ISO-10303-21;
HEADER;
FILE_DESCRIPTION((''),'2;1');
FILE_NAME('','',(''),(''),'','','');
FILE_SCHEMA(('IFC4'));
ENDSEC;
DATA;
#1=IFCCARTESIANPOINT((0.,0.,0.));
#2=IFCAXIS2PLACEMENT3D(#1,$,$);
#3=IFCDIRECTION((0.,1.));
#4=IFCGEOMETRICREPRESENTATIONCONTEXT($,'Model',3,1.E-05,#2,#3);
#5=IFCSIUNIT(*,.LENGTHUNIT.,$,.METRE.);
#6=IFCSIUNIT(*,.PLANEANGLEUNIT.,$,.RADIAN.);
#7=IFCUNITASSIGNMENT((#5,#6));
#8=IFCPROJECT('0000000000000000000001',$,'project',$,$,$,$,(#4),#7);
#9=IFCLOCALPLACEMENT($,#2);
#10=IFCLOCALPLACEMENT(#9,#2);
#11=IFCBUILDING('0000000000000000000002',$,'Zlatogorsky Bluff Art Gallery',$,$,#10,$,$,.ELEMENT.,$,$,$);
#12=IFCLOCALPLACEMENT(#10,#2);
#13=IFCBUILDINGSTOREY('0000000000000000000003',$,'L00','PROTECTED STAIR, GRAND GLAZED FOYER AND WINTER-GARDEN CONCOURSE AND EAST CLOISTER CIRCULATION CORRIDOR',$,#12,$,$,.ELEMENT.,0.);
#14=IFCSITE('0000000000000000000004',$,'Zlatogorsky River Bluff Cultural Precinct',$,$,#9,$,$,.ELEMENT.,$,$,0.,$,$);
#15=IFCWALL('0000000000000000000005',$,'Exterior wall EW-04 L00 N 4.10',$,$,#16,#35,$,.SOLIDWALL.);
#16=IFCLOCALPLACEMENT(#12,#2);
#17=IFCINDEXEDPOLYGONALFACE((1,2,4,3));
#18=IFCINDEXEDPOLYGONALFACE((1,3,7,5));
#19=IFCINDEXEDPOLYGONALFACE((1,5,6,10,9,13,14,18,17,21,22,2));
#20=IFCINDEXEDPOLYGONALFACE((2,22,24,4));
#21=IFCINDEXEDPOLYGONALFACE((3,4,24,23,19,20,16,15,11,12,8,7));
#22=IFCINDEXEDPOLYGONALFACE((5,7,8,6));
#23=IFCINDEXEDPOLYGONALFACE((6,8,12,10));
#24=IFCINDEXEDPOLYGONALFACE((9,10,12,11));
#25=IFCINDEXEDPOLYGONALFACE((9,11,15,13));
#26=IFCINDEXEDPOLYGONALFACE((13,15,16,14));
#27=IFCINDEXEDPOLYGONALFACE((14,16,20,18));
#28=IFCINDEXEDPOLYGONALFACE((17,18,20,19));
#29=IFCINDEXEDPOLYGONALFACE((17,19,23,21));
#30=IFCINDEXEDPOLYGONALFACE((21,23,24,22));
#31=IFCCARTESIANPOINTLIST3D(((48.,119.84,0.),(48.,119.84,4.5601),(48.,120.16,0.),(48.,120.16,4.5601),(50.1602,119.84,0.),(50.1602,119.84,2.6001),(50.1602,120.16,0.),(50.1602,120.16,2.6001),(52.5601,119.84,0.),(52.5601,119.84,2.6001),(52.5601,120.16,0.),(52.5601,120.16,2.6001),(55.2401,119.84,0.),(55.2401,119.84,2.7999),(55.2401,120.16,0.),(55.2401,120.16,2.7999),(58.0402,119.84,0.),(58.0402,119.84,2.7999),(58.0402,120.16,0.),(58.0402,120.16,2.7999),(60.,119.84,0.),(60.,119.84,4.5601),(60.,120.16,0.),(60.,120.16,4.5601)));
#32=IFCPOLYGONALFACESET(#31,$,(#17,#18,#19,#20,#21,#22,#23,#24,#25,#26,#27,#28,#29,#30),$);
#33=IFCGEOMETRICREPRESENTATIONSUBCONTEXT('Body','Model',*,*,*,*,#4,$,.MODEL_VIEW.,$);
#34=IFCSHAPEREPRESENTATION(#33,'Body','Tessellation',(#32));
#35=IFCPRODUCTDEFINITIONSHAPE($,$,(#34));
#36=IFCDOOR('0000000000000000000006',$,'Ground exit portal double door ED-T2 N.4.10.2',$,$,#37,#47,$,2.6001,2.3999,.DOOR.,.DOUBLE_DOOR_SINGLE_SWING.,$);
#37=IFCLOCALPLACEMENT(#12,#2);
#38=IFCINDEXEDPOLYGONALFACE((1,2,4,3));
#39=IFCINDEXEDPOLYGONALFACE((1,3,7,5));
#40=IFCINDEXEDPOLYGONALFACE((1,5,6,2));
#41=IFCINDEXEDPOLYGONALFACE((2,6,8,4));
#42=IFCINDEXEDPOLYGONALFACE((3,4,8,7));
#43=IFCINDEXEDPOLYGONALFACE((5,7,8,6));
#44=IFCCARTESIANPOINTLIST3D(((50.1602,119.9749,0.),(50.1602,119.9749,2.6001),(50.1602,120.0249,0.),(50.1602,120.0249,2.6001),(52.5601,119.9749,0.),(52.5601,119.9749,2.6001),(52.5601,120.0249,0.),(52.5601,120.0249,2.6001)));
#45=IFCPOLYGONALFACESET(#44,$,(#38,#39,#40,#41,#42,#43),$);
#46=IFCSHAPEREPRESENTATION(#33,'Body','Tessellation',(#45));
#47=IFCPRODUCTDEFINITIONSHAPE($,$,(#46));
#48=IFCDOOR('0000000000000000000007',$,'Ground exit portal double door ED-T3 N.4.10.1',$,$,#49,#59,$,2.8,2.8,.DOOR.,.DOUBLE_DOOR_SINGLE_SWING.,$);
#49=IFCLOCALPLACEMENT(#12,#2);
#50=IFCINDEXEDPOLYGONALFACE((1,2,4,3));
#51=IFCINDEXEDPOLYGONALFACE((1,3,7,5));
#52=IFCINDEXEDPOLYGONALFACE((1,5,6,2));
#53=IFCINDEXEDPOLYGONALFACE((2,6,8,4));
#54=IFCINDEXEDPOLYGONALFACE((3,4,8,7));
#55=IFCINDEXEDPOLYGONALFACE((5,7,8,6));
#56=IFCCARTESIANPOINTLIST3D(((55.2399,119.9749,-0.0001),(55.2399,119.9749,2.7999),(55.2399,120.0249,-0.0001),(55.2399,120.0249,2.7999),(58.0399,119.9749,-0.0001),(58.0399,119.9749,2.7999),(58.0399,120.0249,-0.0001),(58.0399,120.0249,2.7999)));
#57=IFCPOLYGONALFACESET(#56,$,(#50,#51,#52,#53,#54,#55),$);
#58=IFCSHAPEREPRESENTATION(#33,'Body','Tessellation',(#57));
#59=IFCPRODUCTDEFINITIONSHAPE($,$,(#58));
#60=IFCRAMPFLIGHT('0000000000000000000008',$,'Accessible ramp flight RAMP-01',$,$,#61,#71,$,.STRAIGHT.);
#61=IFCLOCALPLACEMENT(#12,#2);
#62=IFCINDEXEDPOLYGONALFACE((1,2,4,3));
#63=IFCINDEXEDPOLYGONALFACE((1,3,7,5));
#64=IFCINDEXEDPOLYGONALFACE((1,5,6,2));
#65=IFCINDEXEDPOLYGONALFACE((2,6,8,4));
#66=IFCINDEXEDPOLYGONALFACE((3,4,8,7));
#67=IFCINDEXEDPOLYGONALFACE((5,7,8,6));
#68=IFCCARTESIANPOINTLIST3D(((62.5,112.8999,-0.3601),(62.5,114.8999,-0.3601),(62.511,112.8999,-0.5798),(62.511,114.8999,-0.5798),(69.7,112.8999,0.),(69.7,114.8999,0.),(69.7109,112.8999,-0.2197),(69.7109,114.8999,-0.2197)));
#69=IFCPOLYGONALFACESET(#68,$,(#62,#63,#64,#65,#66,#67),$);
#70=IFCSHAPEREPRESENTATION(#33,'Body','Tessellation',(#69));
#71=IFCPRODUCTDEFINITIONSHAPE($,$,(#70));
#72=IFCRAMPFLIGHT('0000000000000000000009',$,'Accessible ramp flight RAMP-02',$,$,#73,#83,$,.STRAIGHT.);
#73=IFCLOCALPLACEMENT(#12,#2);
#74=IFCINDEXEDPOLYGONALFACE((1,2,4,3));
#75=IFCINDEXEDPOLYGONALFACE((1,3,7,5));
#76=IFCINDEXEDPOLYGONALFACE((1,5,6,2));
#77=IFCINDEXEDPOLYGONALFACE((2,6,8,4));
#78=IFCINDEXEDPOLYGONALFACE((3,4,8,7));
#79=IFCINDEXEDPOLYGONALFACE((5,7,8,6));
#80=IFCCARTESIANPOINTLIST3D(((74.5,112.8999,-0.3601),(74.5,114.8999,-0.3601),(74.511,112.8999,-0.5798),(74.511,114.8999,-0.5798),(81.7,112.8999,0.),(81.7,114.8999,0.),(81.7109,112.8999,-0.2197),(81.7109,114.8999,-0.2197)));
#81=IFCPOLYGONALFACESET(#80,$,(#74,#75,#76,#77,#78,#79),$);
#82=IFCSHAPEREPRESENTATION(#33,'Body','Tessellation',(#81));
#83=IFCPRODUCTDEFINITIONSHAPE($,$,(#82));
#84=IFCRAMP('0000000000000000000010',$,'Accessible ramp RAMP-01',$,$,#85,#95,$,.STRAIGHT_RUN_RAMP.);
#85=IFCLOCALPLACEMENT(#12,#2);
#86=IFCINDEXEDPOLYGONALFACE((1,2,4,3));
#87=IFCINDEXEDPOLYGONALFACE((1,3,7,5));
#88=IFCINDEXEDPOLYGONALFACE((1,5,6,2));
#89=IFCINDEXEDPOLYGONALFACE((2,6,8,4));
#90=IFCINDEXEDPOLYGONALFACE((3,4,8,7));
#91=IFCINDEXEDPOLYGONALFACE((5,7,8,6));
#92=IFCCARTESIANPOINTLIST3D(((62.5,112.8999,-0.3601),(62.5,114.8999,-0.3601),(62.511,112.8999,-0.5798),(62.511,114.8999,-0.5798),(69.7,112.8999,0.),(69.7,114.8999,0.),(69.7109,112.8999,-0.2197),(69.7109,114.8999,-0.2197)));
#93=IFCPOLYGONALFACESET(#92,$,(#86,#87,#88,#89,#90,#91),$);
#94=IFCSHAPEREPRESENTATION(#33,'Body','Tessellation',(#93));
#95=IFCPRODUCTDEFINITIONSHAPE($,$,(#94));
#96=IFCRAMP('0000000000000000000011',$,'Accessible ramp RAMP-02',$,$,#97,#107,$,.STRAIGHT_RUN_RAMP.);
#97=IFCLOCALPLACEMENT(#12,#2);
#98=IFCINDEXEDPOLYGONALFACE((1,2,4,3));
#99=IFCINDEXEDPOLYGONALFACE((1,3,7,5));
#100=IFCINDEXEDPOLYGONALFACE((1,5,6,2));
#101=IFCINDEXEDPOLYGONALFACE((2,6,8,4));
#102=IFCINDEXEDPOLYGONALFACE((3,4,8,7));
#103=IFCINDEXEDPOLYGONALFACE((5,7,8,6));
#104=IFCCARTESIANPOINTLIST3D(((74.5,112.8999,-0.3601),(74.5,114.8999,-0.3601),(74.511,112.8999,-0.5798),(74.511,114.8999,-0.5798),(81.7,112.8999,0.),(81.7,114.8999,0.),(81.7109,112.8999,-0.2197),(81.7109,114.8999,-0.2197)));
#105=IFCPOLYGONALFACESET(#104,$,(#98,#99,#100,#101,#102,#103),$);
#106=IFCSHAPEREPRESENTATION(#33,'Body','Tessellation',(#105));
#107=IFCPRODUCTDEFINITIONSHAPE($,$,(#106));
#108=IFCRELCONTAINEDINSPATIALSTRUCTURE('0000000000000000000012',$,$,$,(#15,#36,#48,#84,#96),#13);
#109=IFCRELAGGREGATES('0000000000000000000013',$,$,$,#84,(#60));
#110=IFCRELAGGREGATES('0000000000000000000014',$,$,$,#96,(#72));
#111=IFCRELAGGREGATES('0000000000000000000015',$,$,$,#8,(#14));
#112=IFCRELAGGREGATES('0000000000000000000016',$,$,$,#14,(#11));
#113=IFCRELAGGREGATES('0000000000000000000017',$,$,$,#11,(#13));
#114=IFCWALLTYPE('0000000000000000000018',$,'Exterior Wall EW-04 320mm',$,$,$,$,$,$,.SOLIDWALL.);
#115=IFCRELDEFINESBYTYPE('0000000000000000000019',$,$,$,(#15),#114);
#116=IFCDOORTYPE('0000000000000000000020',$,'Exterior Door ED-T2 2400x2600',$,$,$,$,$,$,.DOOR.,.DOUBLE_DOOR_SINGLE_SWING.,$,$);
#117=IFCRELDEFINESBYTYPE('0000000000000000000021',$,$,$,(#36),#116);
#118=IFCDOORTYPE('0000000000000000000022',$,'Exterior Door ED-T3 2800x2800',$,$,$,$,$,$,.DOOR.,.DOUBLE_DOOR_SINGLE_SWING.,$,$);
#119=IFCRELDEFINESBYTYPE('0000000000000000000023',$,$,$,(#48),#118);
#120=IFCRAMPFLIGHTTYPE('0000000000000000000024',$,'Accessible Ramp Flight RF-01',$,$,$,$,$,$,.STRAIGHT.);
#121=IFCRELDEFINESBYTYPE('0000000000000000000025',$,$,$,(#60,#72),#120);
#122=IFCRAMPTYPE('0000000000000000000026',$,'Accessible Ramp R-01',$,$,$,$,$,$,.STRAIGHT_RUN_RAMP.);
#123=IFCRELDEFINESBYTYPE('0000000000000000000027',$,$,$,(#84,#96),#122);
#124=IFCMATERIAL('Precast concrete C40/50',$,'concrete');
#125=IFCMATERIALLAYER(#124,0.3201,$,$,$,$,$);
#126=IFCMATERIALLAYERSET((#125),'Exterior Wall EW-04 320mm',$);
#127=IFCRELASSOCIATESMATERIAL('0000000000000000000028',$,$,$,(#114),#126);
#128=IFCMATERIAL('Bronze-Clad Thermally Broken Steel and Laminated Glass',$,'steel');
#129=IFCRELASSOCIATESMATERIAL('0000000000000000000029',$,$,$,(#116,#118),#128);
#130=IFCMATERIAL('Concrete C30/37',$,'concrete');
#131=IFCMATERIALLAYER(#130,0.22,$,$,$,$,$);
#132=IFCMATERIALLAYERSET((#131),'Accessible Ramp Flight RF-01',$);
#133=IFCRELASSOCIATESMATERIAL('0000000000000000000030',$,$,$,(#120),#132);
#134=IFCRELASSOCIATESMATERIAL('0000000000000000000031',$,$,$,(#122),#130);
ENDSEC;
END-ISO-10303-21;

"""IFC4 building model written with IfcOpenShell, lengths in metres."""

from ifc_helpers import new_model, si_unit, direction, frame, frame_2d, origin, place, context, subcontext, project, spatial, polyline, rectangle, outline, extrude, material, layer, layer_set, type_object, element, fill, aggregate, save


model = new_model("IFC4")

# Units and contexts
model_context = context("Model", 3, precision=1e-05, world=origin(), true_north=direction((0.0, 1.0)))
body_context = subcontext(model_context, "Body", "Model", "MODEL_VIEW")
ifc_project = project(units=[si_unit("LENGTHUNIT", "METRE"), si_unit("PLANEANGLEUNIT", "RADIAN")], contexts=[model_context])

# Site, building, storey
site_placement = place(None, origin())
site = spatial("IfcSite", under=ifc_project, at=site_placement, Name="Zlatogorsky River Bluff Cultural Precinct", CompositionType="ELEMENT", RefElevation=0.0)
building_placement = place(site_placement, origin())
building = spatial("IfcBuilding", under=site, at=building_placement, Name="Zlatogorsky Bluff Art Gallery", CompositionType="ELEMENT")
storey_placement = place(building_placement, origin())
storey = spatial("IfcBuildingStorey", under=building, at=storey_placement, Name="L00", Description="PROTECTED STAIR, GRAND GLAZED FOYER AND WINTER-GARDEN CONCOURSE AND EAST CLOISTER CIRCULATION CORRIDOR", CompositionType="ELEMENT", Elevation=0.0)

# Wall, openings, doors
ifc_material_1 = material(Name="Precast concrete C40/50", Category="concrete")
ifc_layer_1 = layer(ifc_material_1, 0.3201)
ifc_layer_set_1 = layer_set([ifc_layer_1], Name="Exterior Wall EW-04 320mm")
wall_type = type_object("IfcWallType", Name="Exterior Wall EW-04 320mm", PredefinedType="SOLIDWALL", material=ifc_layer_set_1)
wall_placement = place(storey_placement, frame((60.0, 120.0, 0.0), z_axis=(0.0, 0.0, 1.0), x_axis=(-1.0, 0.0, 0.0)))
wall = element("IfcWall", 1, at=wall_placement, inside=storey, type_object=wall_type, Name="Exterior wall EW-04 L00 N 4.10", PredefinedType="SOLIDWALL", context=body_context, shape_type="SweptSolid", body=[
    extrude(rectangle(XDim=12.0, YDim=0.3201, at=frame_2d((6.0, 0.0))), origin(), (0.0, 0.0, 1.0), 4.5601),
])
opening_1_placement = place(wall_placement, frame((1.96, 0.0, 0.0)))
opening_1 = element("IfcOpeningElement", 2, at=opening_1_placement, cuts=wall, PredefinedType="OPENING", context=body_context, shape_type="SweptSolid", body=[
    extrude(rectangle(XDim=2.8, YDim=2.8, at=frame_2d((1.3999, 1.3999))), frame((0.0, 0.1699, 0.0), z_axis=(0.0, -1.0, 0.0), x_axis=(1.0, 0.0, 0.0)), (0.0, 0.0, 1.0), 0.3401),
])
opening_2_placement = place(wall_placement, frame((7.4399, 0.0, 0.0)))
opening_2 = element("IfcOpeningElement", 3, at=opening_2_placement, cuts=wall, PredefinedType="OPENING", context=body_context, shape_type="SweptSolid", body=[
    extrude(rectangle(XDim=2.3999, YDim=2.6001, at=frame_2d((1.2, 1.3))), frame((0.0, 0.1699, 0.0), z_axis=(0.0, -1.0, 0.0), x_axis=(1.0, 0.0, 0.0)), (0.0, 0.0, 1.0), 0.3401),
])
ifc_material_2 = material(Name="Bronze-Clad Thermally Broken Steel and Laminated Glass", Category="steel")
door_type_1 = type_object("IfcDoorType", Name="Exterior Door ED-T2 2400x2600", OperationType="DOUBLE_DOOR_SINGLE_SWING", PredefinedType="DOOR", material=ifc_material_2)
door_1_placement = place(opening_2_placement, frame((2.3999, 0.0, 0.0), z_axis=(0.0, 0.0, 1.0), x_axis=(-1.0, 0.0, 0.0)))
door_1 = element("IfcDoor", 4, at=door_1_placement, inside=storey, type_object=door_type_1, Name="Ground exit portal double door ED-T2 N.4.10.2", OperationType="DOUBLE_DOOR_SINGLE_SWING", OverallHeight=2.6001, OverallWidth=2.3999, PredefinedType="DOOR", context=body_context, shape_type="SweptSolid", body=[
    extrude(rectangle(XDim=2.3999, YDim=2.6001, at=frame_2d((1.2, 1.3))), frame((0.0, 0.0249, 0.0), z_axis=(0.0, -1.0, 0.0), x_axis=(1.0, 0.0, 0.0)), (0.0, 0.0, 1.0), 0.05),
])
fill(opening_2, door_1)
door_type_2 = type_object("IfcDoorType", Name="Exterior Door ED-T3 2800x2800", OperationType="DOUBLE_DOOR_SINGLE_SWING", PredefinedType="DOOR", material=ifc_material_2)
door_2_placement = place(opening_1_placement, frame((2.8, 0.0, 0.0), z_axis=(0.0, 0.0, 1.0), x_axis=(-1.0, 0.0, 0.0)))
door_2 = element("IfcDoor", 5, at=door_2_placement, inside=storey, type_object=door_type_2, Name="Ground exit portal double door ED-T3 N.4.10.1", OperationType="DOUBLE_DOOR_SINGLE_SWING", OverallHeight=2.8, OverallWidth=2.8, PredefinedType="DOOR", context=body_context, shape_type="SweptSolid", body=[
    extrude(rectangle(XDim=2.8, YDim=2.8, at=frame_2d((1.3999, 1.3999))), frame((0.0, 0.0249, 0.0), z_axis=(0.0, -1.0, 0.0), x_axis=(1.0, 0.0, 0.0)), (0.0, 0.0, 1.0), 0.05),
])
fill(opening_1, door_2)

# Ramp flights
ifc_material_3 = material(Name="Concrete C30/37", Category="concrete")
ifc_layer_2 = layer(ifc_material_3, 0.22)
ifc_layer_set_2 = layer_set([ifc_layer_2], Name="Accessible Ramp Flight RF-01")
ramp_flight_type = type_object("IfcRampFlightType", Name="Accessible Ramp Flight RF-01", PredefinedType="STRAIGHT", material=ifc_layer_set_2)
ramp_flight_1_placement = place(storey_placement, frame((62.5, 112.8999, -0.3601), z_axis=(-0.049953, 0.0, 0.998752), x_axis=(0.998752, 0.0, 0.049953)))
ramp_flight_1 = element("IfcRampFlight", 6, at=ramp_flight_1_placement, type_object=ramp_flight_type, Name="Accessible ramp flight RAMP-01", PredefinedType="STRAIGHT", context=body_context, shape_type="SweptSolid", body=[
    extrude(outline(polyline([(0.0, 0.0), (7.209, 0.0), (7.209, 2.0), (0.0, 2.0), (0.0, 0.0)])), origin(), (0.0, 0.0, -1.0), 0.22),
])
ramp_flight_2_placement = place(storey_placement, frame((74.5, 112.8999, -0.3601), z_axis=(-0.049953, 0.0, 0.998752), x_axis=(0.998752, 0.0, 0.049953)))
ramp_flight_2 = element("IfcRampFlight", 7, at=ramp_flight_2_placement, type_object=ramp_flight_type, Name="Accessible ramp flight RAMP-02", PredefinedType="STRAIGHT", context=body_context, shape_type="SweptSolid", body=[
    extrude(outline(polyline([(0.0, 0.0), (7.209, 0.0), (7.209, 2.0), (0.0, 2.0), (0.0, 0.0)])), origin(), (0.0, 0.0, -1.0), 0.22),
])

# Ramps
ramp_type = type_object("IfcRampType", Name="Accessible Ramp R-01", PredefinedType="STRAIGHT_RUN_RAMP", material=ifc_material_3)
ramp_1_placement = place(storey_placement, frame((62.5, 112.8999, -0.3601), z_axis=(-0.049953, 0.0, 0.998752), x_axis=(0.998752, 0.0, 0.049953)))
ramp_1 = element("IfcRamp", 8, at=ramp_1_placement, inside=storey, type_object=ramp_type, Name="Accessible ramp RAMP-01", PredefinedType="STRAIGHT_RUN_RAMP", context=body_context, shape_type="SweptSolid", body=[
    extrude(outline(polyline([(0.0, 0.0), (7.209, 0.0), (7.209, 2.0), (0.0, 2.0), (0.0, 0.0)])), origin(), (0.0, 0.0, -1.0), 0.22),
])
aggregate(ramp_1, [ramp_flight_1])
ramp_2_placement = place(storey_placement, frame((74.5, 112.8999, -0.3601), z_axis=(-0.049953, 0.0, 0.998752), x_axis=(0.998752, 0.0, 0.049953)))
ramp_2 = element("IfcRamp", 9, at=ramp_2_placement, inside=storey, type_object=ramp_type, Name="Accessible ramp RAMP-02", PredefinedType="STRAIGHT_RUN_RAMP", context=body_context, shape_type="SweptSolid", body=[
    extrude(outline(polyline([(0.0, 0.0), (7.209, 0.0), (7.209, 2.0), (0.0, 2.0), (0.0, 0.0)])), origin(), (0.0, 0.0, -1.0), 0.22),
])
aggregate(ramp_2, [ramp_flight_2])

save(model, "model.ifc")
